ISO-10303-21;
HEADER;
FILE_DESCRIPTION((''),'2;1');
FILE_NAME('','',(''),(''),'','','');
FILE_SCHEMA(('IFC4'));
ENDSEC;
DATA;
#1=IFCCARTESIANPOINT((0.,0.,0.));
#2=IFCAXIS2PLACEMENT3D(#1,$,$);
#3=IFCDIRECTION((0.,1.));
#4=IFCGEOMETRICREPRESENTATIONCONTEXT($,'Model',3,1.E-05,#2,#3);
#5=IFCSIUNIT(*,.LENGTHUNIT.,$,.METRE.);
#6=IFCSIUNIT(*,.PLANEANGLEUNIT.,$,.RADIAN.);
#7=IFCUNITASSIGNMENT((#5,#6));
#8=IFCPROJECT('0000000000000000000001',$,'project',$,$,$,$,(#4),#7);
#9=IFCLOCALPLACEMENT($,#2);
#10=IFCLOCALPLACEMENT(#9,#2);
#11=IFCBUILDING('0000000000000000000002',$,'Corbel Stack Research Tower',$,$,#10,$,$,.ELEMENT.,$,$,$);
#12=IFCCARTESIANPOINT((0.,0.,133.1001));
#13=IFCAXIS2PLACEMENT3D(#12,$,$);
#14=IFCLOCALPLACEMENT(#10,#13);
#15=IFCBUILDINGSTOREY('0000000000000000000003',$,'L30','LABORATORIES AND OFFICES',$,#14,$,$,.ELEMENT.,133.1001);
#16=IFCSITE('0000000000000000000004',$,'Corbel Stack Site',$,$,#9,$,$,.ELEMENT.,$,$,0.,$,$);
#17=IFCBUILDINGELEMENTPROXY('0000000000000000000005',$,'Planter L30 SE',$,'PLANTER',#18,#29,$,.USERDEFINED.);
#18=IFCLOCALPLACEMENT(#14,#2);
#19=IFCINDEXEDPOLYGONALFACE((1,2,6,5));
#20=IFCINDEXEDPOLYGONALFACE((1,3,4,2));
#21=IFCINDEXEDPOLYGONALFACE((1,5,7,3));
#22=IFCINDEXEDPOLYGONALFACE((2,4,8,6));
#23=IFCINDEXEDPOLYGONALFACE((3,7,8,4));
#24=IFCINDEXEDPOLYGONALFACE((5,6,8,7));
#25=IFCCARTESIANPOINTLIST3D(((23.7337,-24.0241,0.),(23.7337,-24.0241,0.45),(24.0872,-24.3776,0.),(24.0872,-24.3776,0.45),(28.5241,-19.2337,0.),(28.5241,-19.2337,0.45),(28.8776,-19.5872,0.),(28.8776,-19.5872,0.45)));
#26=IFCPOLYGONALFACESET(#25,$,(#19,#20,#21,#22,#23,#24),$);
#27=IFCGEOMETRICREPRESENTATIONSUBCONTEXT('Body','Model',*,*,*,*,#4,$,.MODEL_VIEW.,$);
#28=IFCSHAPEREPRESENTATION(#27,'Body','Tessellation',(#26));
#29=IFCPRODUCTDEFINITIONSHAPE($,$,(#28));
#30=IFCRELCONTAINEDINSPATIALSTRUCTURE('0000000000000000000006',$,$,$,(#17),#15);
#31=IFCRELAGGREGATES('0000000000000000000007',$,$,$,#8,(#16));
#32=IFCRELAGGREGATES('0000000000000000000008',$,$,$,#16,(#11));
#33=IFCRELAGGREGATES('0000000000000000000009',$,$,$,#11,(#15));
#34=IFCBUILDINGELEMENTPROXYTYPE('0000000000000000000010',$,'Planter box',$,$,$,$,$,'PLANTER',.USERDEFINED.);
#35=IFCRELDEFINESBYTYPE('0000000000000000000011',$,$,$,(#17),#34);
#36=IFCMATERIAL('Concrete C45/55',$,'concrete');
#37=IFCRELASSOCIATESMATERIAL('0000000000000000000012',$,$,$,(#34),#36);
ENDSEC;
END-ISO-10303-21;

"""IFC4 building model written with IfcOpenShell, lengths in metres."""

from ifc_helpers import new_model, si_unit, direction, frame, origin, origin_2d, place, context, subcontext, project, spatial, rectangle, extrude, material, type_object, element, save


model = new_model("IFC4")

# Units and contexts
model_context = context("Model", 3, precision=1e-05, world=origin(), true_north=direction((0.0, 1.0)))
body_context = subcontext(model_context, "Body", "Model", "MODEL_VIEW")
ifc_project = project(units=[si_unit("LENGTHUNIT", "METRE"), si_unit("PLANEANGLEUNIT", "RADIAN")], contexts=[model_context])

# Site, building, storey
site_placement = place(None, origin())
site = spatial("IfcSite", under=ifc_project, at=site_placement, Name="Corbel Stack Site", CompositionType="ELEMENT", RefElevation=0.0)
building_placement = place(site_placement, origin())
building = spatial("IfcBuilding", under=site, at=building_placement, Name="Corbel Stack Research Tower", CompositionType="ELEMENT")
storey_placement = place(building_placement, frame((0.0, 0.0, 133.1001)))
storey = spatial("IfcBuildingStorey", under=building, at=storey_placement, Name="L30", Description="LABORATORIES AND OFFICES", CompositionType="ELEMENT", Elevation=133.1001)

# Building element proxy
ifc_material_1 = material(Name="Concrete C45/55", Category="concrete")
building_element_proxy_type = type_object("IfcBuildingElementProxyType", Name="Planter box", ElementType="PLANTER", PredefinedType="USERDEFINED", material=ifc_material_1)
proxy_placement = place(storey_placement, frame((26.3057, -21.8057, 0.0), z_axis=(0.0, 0.0, 1.0), x_axis=(0.707107, 0.707107, 0.0)))
element("IfcBuildingElementProxy", 1, at=proxy_placement, inside=storey, type_object=building_element_proxy_type, Name="Planter L30 SE", ObjectType="PLANTER", PredefinedType="USERDEFINED", context=body_context, shape_type="SweptSolid", body=[
    extrude(rectangle(XDim=6.7747, YDim=0.5, at=origin_2d()), origin(), (0.0, 0.0, 1.0), 0.45),
])

save(model, "model.ifc")
